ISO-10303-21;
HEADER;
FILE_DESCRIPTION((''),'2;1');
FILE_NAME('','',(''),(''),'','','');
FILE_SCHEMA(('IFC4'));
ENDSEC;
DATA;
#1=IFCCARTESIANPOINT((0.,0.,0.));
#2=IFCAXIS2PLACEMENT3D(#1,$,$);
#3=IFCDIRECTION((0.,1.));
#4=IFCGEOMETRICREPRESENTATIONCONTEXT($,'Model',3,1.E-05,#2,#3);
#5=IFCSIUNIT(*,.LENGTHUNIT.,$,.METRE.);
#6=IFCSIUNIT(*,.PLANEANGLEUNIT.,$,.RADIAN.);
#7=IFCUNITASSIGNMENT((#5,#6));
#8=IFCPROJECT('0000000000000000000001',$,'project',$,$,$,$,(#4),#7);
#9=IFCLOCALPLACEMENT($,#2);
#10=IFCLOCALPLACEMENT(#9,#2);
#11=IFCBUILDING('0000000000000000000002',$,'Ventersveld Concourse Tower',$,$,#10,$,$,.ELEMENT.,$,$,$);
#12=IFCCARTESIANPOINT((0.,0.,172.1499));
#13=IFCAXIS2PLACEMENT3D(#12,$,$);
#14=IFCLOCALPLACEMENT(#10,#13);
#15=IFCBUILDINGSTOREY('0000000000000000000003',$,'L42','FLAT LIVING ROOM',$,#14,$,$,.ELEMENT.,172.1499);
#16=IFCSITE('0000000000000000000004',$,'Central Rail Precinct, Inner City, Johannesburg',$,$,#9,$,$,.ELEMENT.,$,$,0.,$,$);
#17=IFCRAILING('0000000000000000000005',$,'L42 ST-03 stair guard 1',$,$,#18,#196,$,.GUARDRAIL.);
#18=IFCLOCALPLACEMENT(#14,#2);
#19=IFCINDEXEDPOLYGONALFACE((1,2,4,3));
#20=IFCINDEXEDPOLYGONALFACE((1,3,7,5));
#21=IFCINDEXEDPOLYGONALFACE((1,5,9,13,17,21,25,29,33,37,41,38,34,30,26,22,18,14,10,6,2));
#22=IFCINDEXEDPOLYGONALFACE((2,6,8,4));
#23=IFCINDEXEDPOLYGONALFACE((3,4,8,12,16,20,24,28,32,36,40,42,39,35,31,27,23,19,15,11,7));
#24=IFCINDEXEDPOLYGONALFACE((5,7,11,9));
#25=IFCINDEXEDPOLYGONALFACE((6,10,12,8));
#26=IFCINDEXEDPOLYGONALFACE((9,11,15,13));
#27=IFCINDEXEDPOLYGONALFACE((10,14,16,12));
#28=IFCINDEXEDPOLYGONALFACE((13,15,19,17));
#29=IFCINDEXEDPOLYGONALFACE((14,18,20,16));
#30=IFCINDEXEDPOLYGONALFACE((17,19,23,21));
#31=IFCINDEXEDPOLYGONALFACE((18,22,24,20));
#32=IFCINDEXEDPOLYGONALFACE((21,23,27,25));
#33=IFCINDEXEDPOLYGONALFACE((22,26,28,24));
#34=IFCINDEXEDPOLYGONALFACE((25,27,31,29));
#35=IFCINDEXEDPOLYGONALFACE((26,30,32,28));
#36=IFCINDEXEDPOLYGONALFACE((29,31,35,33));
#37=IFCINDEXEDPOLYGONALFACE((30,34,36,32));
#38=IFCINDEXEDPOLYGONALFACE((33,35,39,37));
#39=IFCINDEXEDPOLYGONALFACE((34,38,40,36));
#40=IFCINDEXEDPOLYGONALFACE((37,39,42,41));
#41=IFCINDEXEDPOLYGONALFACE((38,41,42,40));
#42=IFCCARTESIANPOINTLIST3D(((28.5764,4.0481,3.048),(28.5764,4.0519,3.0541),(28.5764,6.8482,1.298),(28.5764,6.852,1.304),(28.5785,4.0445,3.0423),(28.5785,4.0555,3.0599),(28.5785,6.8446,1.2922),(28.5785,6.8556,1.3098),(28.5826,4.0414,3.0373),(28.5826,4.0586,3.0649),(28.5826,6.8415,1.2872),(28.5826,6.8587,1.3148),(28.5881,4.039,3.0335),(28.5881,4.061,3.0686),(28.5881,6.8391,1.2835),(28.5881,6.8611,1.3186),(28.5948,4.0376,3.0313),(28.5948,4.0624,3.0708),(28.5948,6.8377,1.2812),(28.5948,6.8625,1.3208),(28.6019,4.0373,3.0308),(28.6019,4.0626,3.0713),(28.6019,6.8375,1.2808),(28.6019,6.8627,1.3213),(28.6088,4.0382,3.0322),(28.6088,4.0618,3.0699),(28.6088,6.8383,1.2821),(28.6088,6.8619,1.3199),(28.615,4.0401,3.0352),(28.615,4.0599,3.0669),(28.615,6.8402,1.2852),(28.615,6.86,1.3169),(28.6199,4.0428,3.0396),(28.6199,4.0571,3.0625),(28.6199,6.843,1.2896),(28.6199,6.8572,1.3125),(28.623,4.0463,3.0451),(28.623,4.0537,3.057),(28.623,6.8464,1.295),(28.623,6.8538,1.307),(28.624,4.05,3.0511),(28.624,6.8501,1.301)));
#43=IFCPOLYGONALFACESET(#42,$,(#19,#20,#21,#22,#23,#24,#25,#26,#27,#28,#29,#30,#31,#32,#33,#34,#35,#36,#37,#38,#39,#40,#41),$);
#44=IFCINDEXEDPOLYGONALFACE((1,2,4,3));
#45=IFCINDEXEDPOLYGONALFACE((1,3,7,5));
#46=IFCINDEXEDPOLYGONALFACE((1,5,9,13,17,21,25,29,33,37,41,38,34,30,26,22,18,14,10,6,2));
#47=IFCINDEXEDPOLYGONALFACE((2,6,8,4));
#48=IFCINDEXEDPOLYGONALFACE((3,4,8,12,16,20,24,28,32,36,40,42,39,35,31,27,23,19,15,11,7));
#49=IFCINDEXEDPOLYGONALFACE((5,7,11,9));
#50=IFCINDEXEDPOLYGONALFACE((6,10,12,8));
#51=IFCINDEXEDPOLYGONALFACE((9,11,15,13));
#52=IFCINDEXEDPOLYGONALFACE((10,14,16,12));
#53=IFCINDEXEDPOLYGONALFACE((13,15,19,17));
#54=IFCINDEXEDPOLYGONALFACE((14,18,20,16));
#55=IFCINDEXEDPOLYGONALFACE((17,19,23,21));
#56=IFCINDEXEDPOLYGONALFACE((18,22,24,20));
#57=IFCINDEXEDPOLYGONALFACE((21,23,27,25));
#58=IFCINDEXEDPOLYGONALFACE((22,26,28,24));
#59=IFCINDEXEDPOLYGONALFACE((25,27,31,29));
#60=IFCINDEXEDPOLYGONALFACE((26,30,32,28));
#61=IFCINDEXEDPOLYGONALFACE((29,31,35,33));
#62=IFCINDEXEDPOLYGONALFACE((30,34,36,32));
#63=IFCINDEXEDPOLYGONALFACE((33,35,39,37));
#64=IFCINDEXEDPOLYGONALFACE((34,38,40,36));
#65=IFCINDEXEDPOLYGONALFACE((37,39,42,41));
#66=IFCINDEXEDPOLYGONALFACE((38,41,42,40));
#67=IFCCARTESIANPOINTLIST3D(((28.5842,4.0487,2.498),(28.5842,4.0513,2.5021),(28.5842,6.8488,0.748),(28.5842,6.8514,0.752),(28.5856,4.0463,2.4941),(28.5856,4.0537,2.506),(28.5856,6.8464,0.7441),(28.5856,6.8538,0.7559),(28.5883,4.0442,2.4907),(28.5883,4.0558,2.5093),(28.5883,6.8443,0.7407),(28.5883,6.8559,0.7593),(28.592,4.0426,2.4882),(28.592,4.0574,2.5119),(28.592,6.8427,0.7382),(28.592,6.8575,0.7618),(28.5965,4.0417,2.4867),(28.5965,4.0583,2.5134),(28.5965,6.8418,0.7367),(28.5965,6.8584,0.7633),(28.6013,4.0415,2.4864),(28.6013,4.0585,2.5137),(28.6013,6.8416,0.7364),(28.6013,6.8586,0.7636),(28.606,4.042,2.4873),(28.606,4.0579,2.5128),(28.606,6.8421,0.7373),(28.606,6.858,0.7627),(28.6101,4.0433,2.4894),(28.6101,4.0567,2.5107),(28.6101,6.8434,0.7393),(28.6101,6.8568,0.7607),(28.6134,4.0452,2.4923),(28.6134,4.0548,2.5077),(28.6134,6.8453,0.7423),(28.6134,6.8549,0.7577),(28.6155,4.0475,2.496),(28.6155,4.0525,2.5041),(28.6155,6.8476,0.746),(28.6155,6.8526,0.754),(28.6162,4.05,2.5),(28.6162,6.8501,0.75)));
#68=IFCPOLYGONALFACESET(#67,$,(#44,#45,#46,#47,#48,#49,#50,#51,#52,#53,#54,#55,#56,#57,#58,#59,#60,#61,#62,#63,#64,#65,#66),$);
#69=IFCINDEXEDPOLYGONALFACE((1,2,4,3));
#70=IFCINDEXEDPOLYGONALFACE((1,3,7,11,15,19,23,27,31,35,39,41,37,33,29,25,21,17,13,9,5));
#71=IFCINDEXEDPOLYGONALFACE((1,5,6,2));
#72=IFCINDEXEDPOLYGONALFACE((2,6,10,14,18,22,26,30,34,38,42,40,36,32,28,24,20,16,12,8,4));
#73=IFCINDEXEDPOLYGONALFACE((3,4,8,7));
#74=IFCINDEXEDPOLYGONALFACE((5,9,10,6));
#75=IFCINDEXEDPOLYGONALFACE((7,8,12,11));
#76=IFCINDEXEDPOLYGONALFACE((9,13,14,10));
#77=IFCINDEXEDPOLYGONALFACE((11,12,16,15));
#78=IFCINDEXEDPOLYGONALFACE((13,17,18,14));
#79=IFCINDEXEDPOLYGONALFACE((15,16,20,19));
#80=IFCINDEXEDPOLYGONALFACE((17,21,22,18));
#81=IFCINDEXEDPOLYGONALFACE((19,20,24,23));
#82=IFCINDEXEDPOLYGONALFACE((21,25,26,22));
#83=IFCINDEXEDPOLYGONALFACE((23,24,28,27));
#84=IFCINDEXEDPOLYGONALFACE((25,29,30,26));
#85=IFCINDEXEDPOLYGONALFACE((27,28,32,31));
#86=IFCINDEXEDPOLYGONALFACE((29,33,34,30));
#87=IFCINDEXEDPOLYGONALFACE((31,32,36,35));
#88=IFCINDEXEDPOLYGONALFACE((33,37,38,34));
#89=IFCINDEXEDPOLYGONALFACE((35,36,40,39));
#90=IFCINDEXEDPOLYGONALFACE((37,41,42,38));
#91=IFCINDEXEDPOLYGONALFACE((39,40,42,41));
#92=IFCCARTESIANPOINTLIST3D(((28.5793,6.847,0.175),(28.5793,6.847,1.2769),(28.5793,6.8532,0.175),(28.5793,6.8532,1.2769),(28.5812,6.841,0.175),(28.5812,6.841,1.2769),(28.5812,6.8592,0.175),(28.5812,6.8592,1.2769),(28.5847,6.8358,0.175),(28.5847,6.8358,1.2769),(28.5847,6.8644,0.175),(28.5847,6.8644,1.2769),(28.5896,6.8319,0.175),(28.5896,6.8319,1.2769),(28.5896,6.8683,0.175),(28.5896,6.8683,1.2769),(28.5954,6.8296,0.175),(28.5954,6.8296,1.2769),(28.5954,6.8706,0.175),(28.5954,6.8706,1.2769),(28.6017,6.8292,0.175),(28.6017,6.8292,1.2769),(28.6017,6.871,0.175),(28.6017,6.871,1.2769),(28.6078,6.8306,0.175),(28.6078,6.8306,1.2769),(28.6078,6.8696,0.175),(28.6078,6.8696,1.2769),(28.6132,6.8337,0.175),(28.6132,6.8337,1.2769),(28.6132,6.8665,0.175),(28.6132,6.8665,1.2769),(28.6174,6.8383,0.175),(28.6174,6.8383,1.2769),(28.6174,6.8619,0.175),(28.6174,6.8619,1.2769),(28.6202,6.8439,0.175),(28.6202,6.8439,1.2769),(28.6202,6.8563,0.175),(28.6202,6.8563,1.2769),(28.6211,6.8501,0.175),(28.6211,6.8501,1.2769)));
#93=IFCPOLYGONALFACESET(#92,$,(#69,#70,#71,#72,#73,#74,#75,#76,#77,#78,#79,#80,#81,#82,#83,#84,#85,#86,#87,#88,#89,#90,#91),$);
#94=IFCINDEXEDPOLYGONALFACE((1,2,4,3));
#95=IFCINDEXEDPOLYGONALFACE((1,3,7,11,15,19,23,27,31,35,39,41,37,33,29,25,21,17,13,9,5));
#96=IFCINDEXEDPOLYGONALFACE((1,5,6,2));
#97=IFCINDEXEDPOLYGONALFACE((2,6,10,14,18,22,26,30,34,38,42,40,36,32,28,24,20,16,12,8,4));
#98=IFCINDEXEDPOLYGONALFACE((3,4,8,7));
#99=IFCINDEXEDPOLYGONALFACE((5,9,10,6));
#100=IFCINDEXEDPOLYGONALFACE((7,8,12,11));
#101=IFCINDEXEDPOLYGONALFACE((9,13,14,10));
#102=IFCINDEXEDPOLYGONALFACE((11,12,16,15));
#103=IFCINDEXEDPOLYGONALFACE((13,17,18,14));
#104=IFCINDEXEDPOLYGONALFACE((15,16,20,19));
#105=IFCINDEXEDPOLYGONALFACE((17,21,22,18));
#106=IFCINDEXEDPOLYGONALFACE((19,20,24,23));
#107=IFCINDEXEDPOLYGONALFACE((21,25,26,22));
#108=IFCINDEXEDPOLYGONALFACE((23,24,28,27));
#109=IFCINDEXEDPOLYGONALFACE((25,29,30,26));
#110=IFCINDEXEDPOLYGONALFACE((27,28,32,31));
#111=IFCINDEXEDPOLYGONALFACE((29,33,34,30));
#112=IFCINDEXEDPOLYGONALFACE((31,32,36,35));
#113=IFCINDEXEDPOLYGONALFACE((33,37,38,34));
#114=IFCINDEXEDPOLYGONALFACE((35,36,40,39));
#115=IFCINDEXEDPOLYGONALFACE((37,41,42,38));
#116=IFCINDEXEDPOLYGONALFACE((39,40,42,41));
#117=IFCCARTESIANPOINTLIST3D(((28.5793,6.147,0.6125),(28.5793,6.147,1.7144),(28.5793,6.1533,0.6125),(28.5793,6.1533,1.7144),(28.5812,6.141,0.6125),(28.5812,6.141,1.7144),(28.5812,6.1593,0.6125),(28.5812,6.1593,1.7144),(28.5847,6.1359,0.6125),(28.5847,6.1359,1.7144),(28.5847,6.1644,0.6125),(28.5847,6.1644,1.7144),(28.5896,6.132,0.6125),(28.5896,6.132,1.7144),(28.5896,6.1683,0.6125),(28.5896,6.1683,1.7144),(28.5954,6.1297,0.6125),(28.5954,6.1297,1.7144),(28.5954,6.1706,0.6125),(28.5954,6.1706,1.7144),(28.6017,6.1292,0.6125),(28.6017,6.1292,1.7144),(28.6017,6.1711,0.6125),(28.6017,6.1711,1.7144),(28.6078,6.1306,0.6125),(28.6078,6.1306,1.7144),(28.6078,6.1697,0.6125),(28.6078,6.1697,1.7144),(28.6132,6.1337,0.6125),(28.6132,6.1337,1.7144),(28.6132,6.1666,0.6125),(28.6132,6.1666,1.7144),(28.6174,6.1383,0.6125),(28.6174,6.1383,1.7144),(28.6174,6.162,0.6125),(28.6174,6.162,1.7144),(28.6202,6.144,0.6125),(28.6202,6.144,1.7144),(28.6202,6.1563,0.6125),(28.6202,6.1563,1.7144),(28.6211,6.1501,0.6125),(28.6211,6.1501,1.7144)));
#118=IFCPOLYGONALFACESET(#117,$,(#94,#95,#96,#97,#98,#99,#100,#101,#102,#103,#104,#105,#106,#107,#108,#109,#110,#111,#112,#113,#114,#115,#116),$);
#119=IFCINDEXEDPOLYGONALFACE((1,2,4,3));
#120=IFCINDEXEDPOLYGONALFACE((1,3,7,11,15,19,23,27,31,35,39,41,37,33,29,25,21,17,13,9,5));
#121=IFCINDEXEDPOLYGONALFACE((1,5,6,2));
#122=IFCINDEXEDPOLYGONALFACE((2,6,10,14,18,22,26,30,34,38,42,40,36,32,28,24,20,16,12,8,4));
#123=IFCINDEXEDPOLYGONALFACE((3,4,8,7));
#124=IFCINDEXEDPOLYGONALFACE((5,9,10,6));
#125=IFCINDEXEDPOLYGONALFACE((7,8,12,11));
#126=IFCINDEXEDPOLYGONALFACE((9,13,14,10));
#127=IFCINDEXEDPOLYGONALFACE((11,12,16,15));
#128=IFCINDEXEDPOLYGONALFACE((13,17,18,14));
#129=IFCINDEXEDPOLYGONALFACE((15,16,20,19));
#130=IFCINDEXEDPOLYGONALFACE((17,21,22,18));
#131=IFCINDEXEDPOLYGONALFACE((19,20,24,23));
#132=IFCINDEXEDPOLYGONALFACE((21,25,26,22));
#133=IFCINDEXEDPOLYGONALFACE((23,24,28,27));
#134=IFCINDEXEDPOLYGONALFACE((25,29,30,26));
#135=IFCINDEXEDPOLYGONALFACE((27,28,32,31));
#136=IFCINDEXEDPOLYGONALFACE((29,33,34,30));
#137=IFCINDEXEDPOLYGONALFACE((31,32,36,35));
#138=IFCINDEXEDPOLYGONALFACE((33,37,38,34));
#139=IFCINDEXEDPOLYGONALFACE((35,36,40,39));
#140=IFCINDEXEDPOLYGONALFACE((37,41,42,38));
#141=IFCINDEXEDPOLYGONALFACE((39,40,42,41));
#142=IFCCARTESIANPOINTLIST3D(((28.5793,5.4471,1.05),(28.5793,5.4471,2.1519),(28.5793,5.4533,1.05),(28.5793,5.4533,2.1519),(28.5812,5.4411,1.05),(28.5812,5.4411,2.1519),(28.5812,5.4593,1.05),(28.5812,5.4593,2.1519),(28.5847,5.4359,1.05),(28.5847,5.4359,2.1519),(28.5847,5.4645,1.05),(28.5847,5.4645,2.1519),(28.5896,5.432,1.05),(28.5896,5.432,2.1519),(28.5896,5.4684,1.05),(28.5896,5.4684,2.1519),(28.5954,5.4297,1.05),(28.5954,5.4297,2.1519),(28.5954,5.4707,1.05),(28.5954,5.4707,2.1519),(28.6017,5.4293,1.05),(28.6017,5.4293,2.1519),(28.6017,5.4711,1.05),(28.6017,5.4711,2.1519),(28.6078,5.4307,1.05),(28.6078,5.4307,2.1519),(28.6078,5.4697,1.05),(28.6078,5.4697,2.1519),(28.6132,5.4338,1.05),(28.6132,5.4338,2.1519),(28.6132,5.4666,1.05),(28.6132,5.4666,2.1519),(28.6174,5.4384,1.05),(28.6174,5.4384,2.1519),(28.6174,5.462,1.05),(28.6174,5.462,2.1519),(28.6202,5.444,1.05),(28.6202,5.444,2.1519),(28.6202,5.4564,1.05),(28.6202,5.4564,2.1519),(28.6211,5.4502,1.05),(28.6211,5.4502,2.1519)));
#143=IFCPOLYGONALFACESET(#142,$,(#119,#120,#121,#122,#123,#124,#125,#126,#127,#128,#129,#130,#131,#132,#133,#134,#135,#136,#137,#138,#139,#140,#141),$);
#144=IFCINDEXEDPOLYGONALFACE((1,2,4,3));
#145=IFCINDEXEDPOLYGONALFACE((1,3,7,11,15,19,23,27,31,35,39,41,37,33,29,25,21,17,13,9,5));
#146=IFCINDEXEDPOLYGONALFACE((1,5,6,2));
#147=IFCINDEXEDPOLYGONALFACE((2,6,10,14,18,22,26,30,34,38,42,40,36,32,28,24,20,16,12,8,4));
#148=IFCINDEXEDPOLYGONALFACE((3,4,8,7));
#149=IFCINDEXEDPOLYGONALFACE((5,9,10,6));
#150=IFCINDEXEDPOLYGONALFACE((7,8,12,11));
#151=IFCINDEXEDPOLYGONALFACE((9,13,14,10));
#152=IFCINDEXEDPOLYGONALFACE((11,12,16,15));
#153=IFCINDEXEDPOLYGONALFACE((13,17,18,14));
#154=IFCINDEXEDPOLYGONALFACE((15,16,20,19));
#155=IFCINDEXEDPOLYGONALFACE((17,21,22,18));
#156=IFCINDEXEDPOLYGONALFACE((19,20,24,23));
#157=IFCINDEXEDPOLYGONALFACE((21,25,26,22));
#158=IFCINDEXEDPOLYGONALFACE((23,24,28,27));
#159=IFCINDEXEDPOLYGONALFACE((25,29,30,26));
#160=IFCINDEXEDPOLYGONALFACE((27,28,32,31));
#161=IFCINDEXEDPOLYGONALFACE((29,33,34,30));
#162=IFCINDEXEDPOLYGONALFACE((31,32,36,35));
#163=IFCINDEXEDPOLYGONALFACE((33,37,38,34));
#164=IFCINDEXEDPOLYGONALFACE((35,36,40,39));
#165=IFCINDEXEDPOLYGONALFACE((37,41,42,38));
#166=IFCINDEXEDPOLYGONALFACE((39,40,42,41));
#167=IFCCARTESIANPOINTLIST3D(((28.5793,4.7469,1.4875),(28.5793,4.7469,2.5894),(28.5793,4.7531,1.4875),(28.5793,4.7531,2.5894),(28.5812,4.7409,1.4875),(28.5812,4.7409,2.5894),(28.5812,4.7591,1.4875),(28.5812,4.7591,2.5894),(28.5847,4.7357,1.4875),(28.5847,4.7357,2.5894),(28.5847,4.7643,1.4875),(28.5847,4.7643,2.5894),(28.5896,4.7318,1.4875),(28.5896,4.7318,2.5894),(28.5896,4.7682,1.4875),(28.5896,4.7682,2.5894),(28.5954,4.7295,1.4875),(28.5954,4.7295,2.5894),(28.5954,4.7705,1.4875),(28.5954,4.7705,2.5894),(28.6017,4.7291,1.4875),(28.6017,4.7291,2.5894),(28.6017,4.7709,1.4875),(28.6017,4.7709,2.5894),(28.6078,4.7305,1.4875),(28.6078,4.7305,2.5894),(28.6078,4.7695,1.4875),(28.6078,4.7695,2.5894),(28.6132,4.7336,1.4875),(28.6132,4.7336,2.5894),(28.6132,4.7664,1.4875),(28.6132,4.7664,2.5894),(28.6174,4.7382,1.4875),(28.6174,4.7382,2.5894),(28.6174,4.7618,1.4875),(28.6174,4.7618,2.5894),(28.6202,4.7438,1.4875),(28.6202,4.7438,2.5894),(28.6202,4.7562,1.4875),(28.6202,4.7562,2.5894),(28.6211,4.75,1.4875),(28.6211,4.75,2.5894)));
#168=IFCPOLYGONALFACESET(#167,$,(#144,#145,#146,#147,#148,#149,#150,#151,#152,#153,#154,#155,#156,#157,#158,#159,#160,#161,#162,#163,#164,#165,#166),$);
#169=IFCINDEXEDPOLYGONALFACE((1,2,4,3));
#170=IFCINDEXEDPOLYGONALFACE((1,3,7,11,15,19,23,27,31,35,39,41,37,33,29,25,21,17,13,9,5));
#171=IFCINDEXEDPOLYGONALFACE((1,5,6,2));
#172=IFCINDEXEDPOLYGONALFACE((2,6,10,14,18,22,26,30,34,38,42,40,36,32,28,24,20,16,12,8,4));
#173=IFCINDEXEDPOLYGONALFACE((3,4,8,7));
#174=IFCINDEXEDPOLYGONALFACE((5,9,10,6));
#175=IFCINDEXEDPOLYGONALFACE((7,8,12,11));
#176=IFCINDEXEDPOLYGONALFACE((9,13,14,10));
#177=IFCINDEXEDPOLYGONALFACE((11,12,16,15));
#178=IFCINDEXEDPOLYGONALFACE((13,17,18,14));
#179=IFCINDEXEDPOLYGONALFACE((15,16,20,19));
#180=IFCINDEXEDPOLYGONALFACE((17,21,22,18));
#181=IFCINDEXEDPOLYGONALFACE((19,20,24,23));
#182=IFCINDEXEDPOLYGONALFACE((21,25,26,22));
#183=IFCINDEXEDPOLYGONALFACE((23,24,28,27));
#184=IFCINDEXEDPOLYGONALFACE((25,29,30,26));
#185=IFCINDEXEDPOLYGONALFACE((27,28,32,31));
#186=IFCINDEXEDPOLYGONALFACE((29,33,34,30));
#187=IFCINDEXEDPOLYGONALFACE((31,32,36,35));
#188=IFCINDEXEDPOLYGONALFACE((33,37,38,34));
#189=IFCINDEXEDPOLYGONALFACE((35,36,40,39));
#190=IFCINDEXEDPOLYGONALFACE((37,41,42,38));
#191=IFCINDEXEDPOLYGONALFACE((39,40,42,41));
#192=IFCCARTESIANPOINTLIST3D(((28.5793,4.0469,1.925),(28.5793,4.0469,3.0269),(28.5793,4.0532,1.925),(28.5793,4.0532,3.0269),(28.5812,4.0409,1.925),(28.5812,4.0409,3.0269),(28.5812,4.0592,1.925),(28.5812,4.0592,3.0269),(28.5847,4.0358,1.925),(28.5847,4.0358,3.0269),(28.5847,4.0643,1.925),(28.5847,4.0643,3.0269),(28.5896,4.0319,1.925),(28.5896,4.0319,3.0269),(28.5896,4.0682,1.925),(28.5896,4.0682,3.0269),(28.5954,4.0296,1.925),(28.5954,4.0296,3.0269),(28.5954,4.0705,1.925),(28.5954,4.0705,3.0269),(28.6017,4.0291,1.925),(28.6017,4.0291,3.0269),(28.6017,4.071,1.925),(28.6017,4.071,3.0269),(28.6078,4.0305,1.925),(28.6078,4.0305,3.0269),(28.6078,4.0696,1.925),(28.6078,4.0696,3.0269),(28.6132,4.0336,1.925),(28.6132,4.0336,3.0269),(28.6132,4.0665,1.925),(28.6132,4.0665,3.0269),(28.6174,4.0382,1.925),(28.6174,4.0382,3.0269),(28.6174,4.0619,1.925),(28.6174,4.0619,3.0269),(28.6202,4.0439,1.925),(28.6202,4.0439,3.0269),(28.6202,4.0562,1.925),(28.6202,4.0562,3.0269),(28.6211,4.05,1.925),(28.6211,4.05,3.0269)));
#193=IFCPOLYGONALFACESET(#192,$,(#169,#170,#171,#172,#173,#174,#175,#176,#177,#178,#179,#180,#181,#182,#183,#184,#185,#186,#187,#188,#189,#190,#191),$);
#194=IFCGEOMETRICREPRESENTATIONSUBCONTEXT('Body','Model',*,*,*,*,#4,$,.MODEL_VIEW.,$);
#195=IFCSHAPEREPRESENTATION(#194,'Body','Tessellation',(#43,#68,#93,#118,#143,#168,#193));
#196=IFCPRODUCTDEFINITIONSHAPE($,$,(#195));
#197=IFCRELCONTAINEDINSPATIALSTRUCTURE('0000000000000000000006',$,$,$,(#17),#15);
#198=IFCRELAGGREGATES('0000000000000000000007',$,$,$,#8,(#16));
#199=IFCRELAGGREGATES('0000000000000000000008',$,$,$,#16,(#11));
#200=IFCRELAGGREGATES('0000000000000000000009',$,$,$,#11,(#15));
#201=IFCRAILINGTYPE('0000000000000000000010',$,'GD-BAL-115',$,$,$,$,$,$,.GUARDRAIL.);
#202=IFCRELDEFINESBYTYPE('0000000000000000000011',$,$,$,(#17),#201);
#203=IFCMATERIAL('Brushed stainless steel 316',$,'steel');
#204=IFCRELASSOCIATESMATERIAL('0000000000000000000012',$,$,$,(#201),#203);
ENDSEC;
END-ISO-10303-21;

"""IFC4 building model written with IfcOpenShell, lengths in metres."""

from ifc_helpers import new_model, si_unit, direction, frame, origin, origin_2d, place, context, subcontext, project, spatial, circle, extrude, material, type_object, element, save


model = new_model("IFC4")

# Units and contexts
model_context = context("Model", 3, precision=1e-05, world=origin(), true_north=direction((0.0, 1.0)))
body_context = subcontext(model_context, "Body", "Model", "MODEL_VIEW")
ifc_project = project(units=[si_unit("LENGTHUNIT", "METRE"), si_unit("PLANEANGLEUNIT", "RADIAN")], contexts=[model_context])

# Site, building, storey
site_placement = place(None, origin())
site = spatial("IfcSite", under=ifc_project, at=site_placement, Name="Central Rail Precinct, Inner City, Johannesburg", CompositionType="ELEMENT", RefElevation=0.0)
building_placement = place(site_placement, origin())
building = spatial("IfcBuilding", under=site, at=building_placement, Name="Ventersveld Concourse Tower", CompositionType="ELEMENT")
storey_placement = place(building_placement, frame((0.0, 0.0, 172.1499)))
storey = spatial("IfcBuildingStorey", under=building, at=storey_placement, Name="L42", Description="FLAT LIVING ROOM", CompositionType="ELEMENT", Elevation=172.1499)

# Shared definitions
ifc_material_1 = material(Name="Brushed stainless steel 316", Category="steel")

# Railing
railing_type_1 = type_object("IfcRailingType", Name="GD-BAL-115", PredefinedType="GUARDRAIL", material=ifc_material_1)
railing_1_placement = place(storey_placement, frame((28.6001, 6.8501, 0.175)))
element("IfcRailing", 1, at=railing_1_placement, inside=storey, type_object=railing_type_1, Name="L42 ST-03 stair guard 1", PredefinedType="GUARDRAIL", context=body_context, shape_type="SweptSolid", body=[
    extrude(circle(Radius=0.0239, at=origin_2d()), frame((0.0, 0.0, 1.126), z_axis=(0.0, -0.848002, 0.529992), x_axis=(1.0, 0.0, 0.0)), (0.0, 0.0, 1.0), 3.302),
    extrude(circle(Radius=0.0161, at=origin_2d()), frame((0.0, 0.0, 0.575), z_axis=(0.0, -0.848002, 0.529992), x_axis=(1.0, 0.0, 0.0)), (0.0, 0.0, 1.0), 3.302),
    extrude(circle(Radius=0.021, at=origin_2d()), origin(), (0.0, 0.0, 1.0), 1.1018),
    extrude(circle(Radius=0.021, at=origin_2d()), frame((0.0, -0.7, 0.4375)), (0.0, 0.0, 1.0), 1.1018),
    extrude(circle(Radius=0.021, at=origin_2d()), frame((0.0, -1.3999, 0.875)), (0.0, 0.0, 1.0), 1.1018),
    extrude(circle(Radius=0.021, at=origin_2d()), frame((0.0, -2.1001, 1.3125)), (0.0, 0.0, 1.0), 1.1018),
    extrude(circle(Radius=0.021, at=origin_2d()), frame((0.0, -2.8, 1.75)), (0.0, 0.0, 1.0), 1.1018),
])

save(model, "model.ifc")
